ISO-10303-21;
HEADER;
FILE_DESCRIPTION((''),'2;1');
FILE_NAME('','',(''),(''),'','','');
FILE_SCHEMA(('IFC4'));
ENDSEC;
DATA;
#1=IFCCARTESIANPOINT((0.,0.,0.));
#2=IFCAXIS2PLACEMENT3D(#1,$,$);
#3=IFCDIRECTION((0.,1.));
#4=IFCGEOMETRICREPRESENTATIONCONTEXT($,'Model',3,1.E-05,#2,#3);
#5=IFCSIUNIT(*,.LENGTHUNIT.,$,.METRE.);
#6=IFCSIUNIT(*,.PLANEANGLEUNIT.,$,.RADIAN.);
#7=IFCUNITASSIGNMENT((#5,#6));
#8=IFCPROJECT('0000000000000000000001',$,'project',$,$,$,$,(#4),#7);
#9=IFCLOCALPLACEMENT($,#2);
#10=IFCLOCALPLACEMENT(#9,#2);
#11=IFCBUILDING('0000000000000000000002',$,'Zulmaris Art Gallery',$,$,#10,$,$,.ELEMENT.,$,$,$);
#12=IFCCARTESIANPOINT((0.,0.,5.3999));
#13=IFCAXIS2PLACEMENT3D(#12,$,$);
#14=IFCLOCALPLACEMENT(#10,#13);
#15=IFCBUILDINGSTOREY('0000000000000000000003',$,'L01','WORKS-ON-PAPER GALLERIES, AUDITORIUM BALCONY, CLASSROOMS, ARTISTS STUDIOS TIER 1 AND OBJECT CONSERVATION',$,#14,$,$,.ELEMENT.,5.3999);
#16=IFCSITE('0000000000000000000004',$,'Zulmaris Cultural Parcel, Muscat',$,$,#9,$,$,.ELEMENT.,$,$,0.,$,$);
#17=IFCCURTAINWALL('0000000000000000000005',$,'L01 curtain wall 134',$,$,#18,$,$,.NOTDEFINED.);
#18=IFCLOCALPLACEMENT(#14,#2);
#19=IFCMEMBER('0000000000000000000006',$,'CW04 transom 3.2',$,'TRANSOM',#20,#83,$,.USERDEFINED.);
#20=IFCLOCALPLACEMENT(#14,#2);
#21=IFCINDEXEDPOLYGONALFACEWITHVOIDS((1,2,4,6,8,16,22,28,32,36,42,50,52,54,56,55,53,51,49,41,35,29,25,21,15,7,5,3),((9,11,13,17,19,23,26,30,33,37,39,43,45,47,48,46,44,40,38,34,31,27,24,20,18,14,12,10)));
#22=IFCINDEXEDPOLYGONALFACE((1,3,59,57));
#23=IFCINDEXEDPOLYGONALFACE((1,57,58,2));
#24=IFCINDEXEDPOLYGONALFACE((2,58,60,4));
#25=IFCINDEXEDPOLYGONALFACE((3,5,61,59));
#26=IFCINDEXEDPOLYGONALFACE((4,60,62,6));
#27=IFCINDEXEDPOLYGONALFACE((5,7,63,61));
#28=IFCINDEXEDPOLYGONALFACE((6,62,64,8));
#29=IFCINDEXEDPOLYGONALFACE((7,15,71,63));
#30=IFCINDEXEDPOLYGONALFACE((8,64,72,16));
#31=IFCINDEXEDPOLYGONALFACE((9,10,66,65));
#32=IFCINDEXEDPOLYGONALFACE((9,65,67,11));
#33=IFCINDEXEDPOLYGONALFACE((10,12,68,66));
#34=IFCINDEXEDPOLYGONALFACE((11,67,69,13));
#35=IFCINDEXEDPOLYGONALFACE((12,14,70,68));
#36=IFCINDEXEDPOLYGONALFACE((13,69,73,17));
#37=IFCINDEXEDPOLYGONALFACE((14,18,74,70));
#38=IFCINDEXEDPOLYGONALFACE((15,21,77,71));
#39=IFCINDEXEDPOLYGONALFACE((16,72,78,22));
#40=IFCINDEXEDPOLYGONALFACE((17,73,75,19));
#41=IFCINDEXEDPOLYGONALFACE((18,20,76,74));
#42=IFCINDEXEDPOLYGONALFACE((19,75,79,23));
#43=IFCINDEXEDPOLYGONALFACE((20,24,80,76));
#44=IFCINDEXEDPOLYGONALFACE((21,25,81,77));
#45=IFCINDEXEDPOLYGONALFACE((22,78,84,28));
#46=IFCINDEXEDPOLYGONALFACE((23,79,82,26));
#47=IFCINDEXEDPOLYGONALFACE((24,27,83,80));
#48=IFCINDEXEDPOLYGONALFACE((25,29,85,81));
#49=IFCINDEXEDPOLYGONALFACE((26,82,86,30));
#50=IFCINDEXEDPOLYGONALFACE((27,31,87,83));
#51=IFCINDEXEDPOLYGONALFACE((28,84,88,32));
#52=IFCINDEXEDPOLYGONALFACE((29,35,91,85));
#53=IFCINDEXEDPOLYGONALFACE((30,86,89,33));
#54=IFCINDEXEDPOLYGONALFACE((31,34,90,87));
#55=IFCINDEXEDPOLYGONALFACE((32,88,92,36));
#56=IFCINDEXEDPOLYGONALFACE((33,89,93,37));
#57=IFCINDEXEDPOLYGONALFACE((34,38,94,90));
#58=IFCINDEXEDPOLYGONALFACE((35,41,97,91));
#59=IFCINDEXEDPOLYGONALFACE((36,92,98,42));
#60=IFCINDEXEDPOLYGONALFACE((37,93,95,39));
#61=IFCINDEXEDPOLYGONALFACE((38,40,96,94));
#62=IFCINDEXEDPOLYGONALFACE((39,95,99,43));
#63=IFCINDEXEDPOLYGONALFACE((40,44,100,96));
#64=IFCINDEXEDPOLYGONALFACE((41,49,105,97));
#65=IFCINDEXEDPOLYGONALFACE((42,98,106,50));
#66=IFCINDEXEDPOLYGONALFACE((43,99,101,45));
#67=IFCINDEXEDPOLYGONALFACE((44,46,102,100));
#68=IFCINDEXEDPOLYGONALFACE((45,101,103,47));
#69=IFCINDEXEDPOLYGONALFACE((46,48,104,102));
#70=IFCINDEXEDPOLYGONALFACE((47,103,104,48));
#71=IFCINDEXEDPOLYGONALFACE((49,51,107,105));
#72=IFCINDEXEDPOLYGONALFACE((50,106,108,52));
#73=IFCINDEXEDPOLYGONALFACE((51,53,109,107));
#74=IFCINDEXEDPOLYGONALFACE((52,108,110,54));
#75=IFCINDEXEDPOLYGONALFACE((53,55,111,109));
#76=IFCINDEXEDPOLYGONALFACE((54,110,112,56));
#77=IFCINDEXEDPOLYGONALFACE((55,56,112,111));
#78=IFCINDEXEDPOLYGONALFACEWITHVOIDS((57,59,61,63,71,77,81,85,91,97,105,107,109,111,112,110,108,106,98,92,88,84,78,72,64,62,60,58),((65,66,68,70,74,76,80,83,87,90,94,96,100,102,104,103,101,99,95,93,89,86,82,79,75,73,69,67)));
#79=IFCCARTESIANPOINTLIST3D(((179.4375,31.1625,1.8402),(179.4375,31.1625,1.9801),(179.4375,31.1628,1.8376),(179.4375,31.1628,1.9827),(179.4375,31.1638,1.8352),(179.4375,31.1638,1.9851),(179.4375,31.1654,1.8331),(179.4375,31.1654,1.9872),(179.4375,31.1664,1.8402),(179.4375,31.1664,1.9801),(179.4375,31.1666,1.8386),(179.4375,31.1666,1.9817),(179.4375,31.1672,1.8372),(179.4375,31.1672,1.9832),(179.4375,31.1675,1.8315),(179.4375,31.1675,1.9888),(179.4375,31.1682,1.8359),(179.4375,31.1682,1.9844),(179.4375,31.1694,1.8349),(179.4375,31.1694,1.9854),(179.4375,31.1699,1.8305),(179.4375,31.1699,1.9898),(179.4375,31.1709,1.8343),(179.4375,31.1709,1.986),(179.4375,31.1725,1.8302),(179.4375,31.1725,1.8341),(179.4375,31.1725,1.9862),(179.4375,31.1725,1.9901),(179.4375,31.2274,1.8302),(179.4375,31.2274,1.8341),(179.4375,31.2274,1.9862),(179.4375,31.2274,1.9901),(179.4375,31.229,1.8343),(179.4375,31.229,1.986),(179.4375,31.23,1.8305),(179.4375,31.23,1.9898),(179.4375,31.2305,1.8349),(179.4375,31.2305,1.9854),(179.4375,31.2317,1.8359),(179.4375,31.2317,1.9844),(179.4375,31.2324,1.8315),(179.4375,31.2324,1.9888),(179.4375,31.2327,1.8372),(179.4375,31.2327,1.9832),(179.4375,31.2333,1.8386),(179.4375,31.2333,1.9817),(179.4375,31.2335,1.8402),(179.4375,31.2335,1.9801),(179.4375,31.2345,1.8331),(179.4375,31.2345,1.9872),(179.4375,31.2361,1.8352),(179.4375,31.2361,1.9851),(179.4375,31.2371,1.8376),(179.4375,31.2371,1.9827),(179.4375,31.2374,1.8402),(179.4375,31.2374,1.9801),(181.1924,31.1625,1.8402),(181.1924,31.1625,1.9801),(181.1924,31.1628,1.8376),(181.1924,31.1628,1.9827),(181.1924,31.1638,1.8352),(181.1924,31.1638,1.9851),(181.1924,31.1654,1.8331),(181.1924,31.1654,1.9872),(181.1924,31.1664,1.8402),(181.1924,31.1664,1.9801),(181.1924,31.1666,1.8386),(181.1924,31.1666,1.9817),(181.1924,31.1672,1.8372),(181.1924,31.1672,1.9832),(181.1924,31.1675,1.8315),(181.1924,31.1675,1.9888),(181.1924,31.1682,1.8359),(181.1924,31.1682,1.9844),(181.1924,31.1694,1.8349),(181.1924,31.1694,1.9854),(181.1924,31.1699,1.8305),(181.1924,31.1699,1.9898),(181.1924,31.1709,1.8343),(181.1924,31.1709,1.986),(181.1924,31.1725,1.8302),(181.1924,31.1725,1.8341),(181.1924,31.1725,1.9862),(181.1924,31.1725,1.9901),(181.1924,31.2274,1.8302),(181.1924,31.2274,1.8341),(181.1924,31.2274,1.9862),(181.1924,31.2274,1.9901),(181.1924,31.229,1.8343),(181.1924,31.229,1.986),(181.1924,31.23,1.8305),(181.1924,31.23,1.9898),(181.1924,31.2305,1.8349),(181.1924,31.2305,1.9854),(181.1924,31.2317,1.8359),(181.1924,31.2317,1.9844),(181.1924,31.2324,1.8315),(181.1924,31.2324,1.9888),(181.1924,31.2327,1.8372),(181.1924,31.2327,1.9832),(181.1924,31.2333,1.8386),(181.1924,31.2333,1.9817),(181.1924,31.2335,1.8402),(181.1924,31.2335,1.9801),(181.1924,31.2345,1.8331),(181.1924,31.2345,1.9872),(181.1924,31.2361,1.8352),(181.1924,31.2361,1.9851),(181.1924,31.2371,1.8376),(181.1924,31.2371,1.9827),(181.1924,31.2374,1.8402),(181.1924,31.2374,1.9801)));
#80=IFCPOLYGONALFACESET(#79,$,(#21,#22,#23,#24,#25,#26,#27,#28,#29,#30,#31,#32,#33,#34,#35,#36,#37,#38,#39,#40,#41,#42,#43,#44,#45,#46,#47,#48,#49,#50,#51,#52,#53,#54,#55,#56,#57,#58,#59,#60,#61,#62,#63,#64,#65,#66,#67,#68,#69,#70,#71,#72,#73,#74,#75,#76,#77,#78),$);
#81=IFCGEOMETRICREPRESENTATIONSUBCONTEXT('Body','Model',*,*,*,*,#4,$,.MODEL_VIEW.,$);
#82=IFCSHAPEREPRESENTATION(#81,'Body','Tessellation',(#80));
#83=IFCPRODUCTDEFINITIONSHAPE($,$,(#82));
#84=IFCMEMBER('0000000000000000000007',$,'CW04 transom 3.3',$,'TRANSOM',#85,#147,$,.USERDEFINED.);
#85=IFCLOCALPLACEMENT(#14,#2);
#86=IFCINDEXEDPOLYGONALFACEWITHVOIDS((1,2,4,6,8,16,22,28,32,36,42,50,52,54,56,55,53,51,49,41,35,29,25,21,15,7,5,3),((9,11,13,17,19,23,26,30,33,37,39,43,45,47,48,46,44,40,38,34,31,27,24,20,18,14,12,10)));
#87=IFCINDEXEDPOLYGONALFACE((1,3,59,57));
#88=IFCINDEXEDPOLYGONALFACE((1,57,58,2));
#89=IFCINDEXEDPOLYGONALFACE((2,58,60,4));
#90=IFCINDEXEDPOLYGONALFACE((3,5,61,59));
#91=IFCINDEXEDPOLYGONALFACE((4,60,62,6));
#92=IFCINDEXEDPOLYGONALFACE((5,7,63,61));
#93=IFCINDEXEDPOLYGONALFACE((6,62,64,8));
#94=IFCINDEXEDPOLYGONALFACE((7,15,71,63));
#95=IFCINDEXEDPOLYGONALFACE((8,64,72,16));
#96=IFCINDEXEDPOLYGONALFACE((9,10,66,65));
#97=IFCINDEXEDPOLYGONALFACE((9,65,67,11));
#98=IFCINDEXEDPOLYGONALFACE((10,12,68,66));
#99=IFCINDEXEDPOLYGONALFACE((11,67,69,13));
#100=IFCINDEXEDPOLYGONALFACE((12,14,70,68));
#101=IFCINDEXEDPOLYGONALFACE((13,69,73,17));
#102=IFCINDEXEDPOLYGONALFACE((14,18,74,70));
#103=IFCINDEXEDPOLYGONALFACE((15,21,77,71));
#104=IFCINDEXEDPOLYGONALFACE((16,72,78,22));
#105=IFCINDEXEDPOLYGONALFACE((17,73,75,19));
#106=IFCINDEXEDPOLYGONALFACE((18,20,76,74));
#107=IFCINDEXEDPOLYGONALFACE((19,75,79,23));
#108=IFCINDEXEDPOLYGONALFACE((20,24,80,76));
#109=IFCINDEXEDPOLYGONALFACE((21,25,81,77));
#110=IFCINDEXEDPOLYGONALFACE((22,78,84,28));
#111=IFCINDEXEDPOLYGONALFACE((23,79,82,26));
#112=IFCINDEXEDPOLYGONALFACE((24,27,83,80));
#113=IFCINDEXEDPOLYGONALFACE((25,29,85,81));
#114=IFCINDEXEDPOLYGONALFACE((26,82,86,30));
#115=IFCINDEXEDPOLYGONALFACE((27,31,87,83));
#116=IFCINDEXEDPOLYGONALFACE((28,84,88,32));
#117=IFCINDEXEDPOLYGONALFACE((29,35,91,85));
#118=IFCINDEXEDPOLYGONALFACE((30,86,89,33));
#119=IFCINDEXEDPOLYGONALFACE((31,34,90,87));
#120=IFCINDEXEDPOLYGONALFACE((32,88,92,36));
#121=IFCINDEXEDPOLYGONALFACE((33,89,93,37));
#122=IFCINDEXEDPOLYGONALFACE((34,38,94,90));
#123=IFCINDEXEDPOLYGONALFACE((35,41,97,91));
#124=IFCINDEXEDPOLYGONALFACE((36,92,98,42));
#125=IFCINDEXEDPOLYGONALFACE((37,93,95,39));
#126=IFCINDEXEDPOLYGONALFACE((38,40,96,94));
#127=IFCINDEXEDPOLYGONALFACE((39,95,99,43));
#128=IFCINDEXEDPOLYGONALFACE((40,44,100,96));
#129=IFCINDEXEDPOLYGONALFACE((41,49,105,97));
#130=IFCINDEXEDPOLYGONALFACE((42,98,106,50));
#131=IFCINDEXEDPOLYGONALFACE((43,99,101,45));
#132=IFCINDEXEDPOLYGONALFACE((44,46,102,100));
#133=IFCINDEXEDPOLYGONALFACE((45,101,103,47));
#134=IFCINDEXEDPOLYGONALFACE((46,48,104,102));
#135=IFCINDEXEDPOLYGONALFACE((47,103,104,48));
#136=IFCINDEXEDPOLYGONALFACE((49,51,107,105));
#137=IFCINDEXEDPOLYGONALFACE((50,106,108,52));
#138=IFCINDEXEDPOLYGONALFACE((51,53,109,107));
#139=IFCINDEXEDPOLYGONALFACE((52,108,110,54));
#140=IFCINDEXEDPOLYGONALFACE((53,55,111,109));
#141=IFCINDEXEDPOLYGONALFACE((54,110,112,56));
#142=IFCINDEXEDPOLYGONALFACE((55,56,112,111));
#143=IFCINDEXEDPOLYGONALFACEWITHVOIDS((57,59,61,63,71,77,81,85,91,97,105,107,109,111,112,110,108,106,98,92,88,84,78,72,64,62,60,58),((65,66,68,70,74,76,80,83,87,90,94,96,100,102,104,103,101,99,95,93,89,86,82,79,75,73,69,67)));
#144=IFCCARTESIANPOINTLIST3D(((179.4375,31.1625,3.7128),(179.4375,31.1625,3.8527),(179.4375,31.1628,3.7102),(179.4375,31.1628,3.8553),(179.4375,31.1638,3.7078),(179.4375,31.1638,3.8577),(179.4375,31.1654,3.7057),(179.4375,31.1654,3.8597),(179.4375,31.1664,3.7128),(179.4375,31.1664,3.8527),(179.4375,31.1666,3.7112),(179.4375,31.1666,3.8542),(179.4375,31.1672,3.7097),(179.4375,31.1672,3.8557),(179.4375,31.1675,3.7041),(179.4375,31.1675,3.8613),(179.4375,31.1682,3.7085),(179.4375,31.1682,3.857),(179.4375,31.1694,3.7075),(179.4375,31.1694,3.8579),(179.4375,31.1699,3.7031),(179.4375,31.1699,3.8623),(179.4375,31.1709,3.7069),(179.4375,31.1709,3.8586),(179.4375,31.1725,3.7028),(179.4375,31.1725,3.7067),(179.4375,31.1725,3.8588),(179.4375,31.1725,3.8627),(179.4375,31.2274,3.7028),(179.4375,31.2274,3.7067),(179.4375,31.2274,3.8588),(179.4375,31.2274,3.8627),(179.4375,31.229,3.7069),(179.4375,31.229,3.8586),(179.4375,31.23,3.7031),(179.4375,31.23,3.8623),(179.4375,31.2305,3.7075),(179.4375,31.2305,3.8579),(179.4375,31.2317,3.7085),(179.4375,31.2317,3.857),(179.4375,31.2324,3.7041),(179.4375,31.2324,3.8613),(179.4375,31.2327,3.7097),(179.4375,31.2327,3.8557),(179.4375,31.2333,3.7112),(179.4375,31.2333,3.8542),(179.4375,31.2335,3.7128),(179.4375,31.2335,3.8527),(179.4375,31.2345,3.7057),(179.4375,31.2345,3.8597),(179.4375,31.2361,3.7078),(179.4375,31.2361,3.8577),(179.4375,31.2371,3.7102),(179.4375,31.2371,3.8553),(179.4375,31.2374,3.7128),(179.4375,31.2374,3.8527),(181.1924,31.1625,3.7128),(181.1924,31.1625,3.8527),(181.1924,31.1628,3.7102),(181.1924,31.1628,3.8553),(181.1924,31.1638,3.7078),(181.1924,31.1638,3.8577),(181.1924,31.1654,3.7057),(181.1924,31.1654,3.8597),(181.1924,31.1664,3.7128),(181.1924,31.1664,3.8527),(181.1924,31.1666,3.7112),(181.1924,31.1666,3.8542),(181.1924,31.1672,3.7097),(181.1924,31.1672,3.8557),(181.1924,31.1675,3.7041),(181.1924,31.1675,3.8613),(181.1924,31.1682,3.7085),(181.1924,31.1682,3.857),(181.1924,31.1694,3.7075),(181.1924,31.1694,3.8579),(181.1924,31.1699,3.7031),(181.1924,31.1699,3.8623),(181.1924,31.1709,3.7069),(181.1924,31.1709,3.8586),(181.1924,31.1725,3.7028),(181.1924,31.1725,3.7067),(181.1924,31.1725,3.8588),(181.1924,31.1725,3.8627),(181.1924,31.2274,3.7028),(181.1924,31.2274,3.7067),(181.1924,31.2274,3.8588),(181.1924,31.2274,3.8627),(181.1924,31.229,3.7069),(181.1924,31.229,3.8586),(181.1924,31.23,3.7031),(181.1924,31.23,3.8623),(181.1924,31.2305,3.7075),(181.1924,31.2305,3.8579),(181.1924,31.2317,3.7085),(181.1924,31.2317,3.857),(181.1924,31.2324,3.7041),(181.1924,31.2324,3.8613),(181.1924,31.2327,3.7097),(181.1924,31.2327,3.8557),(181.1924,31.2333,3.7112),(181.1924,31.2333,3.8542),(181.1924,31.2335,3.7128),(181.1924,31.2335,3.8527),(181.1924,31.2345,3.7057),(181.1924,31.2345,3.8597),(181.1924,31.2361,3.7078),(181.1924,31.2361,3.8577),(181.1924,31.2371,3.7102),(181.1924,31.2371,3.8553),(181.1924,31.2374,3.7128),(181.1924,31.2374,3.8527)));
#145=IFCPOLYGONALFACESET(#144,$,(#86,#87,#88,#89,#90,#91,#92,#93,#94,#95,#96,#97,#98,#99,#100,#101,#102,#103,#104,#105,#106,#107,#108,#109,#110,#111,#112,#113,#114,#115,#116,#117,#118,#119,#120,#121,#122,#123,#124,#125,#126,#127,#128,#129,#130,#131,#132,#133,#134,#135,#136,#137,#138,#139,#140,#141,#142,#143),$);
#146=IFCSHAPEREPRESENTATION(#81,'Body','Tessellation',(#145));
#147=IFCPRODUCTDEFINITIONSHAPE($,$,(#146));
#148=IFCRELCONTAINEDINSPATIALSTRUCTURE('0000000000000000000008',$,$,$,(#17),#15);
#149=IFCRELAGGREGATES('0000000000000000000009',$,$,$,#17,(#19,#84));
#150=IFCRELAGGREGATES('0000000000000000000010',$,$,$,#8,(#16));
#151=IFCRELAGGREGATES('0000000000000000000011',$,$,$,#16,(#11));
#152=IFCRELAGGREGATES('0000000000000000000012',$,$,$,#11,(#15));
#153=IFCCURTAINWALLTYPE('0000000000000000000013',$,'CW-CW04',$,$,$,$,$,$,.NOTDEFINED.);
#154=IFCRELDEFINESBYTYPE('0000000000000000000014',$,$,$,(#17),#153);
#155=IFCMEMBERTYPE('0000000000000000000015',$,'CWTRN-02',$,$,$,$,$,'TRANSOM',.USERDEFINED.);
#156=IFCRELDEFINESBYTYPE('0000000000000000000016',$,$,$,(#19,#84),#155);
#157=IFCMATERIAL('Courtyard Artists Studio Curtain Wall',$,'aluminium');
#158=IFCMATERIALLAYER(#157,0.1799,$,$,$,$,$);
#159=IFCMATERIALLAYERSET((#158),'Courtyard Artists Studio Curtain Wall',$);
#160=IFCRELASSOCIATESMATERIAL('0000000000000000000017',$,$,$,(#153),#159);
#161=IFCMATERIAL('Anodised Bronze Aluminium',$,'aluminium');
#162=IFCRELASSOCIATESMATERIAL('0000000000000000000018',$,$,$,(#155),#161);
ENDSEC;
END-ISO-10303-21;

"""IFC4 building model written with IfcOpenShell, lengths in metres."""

from ifc_helpers import new_model, si_unit, direction, frame, origin, origin_2d, place, context, subcontext, project, spatial, hollow_rectangle, extrude, material, layer, layer_set, material_profile, profile_set, type_object, element, aggregate, save


model = new_model("IFC4")

# Units and contexts
model_context = context("Model", 3, precision=1e-05, world=origin(), true_north=direction((0.0, 1.0)))
body_context = subcontext(model_context, "Body", "Model", "MODEL_VIEW")
ifc_project = project(units=[si_unit("LENGTHUNIT", "METRE"), si_unit("PLANEANGLEUNIT", "RADIAN")], contexts=[model_context])

# Site, building, storey
site_placement = place(None, origin())
site = spatial("IfcSite", under=ifc_project, at=site_placement, Name="Zulmaris Cultural Parcel, Muscat", CompositionType="ELEMENT", RefElevation=0.0)
building_placement = place(site_placement, origin())
building = spatial("IfcBuilding", under=site, at=building_placement, Name="Zulmaris Art Gallery", CompositionType="ELEMENT")
storey_placement = place(building_placement, frame((0.0, 0.0, 5.3999)))
storey = spatial("IfcBuildingStorey", under=building, at=storey_placement, Name="L01", Description="WORKS-ON-PAPER GALLERIES, AUDITORIUM BALCONY, CLASSROOMS, ARTISTS STUDIOS TIER 1 AND OBJECT CONSERVATION", CompositionType="ELEMENT", Elevation=5.3999)

# Shared definitions
ifc_material_1 = material(Name="Courtyard Artists Studio Curtain Wall", Category="aluminium")
ifc_layer_1 = layer(ifc_material_1, 0.1799)
ifc_layer_set_1 = layer_set([ifc_layer_1], Name="Courtyard Artists Studio Curtain Wall")
curtain_wall_type = type_object("IfcCurtainWallType", Name="CW-CW04", PredefinedType="NOTDEFINED", material=ifc_layer_set_1)
ifc_material_2 = material(Name="Anodised Bronze Aluminium", Category="aluminium")

# Curtain wall
curtain_wall_1_placement = place(storey_placement, origin())
curtain_wall_1 = element("IfcCurtainWall", 1, at=curtain_wall_1_placement, inside=storey, type_object=curtain_wall_type, Name="L01 curtain wall 134", PredefinedType="NOTDEFINED")

# Members
ifc_material_profile_1 = material_profile(ifc_material_2, hollow_rectangle(XDim=0.075, YDim=0.1599, WallThickness=0.0039, InnerFilletRadius=0.0061, OuterFilletRadius=0.01, at=origin_2d()), Name="ALU 75x160x4")
ifc_profile_set_1 = profile_set([ifc_material_profile_1], Name="Anodised Bronze Aluminium")
member_type_1 = type_object("IfcMemberType", Name="CWTRN-02", ElementType="TRANSOM", PredefinedType="USERDEFINED", material=ifc_profile_set_1)
member_1_placement = place(storey_placement, frame((179.4375, 31.2, 1.9102), z_axis=(1.0, 0.0, 0.0), x_axis=(0.0, 1.0, 0.0)))
member_1 = element("IfcMember", 2, at=member_1_placement, type_object=member_type_1, Name="CW04 transom 3.2", ObjectType="TRANSOM", PredefinedType="USERDEFINED", context=body_context, shape_type="SweptSolid", body=[
    extrude(hollow_rectangle(XDim=0.075, YDim=0.1599, WallThickness=0.0039, InnerFilletRadius=0.0061, OuterFilletRadius=0.01, at=origin_2d()), origin(), (0.0, 0.0, 1.0), 1.7549),
])
member_2_placement = place(storey_placement, frame((179.4375, 31.2, 3.7827), z_axis=(1.0, 0.0, 0.0), x_axis=(0.0, 1.0, 0.0)))
member_2 = element("IfcMember", 3, at=member_2_placement, type_object=member_type_1, Name="CW04 transom 3.3", ObjectType="TRANSOM", PredefinedType="USERDEFINED", context=body_context, shape_type="SweptSolid", body=[
    extrude(hollow_rectangle(XDim=0.075, YDim=0.1599, WallThickness=0.0039, InnerFilletRadius=0.0061, OuterFilletRadius=0.01, at=origin_2d()), origin(), (0.0, 0.0, 1.0), 1.7549),
])

aggregate(curtain_wall_1, [member_1, member_2])

save(model, "model.ifc")
